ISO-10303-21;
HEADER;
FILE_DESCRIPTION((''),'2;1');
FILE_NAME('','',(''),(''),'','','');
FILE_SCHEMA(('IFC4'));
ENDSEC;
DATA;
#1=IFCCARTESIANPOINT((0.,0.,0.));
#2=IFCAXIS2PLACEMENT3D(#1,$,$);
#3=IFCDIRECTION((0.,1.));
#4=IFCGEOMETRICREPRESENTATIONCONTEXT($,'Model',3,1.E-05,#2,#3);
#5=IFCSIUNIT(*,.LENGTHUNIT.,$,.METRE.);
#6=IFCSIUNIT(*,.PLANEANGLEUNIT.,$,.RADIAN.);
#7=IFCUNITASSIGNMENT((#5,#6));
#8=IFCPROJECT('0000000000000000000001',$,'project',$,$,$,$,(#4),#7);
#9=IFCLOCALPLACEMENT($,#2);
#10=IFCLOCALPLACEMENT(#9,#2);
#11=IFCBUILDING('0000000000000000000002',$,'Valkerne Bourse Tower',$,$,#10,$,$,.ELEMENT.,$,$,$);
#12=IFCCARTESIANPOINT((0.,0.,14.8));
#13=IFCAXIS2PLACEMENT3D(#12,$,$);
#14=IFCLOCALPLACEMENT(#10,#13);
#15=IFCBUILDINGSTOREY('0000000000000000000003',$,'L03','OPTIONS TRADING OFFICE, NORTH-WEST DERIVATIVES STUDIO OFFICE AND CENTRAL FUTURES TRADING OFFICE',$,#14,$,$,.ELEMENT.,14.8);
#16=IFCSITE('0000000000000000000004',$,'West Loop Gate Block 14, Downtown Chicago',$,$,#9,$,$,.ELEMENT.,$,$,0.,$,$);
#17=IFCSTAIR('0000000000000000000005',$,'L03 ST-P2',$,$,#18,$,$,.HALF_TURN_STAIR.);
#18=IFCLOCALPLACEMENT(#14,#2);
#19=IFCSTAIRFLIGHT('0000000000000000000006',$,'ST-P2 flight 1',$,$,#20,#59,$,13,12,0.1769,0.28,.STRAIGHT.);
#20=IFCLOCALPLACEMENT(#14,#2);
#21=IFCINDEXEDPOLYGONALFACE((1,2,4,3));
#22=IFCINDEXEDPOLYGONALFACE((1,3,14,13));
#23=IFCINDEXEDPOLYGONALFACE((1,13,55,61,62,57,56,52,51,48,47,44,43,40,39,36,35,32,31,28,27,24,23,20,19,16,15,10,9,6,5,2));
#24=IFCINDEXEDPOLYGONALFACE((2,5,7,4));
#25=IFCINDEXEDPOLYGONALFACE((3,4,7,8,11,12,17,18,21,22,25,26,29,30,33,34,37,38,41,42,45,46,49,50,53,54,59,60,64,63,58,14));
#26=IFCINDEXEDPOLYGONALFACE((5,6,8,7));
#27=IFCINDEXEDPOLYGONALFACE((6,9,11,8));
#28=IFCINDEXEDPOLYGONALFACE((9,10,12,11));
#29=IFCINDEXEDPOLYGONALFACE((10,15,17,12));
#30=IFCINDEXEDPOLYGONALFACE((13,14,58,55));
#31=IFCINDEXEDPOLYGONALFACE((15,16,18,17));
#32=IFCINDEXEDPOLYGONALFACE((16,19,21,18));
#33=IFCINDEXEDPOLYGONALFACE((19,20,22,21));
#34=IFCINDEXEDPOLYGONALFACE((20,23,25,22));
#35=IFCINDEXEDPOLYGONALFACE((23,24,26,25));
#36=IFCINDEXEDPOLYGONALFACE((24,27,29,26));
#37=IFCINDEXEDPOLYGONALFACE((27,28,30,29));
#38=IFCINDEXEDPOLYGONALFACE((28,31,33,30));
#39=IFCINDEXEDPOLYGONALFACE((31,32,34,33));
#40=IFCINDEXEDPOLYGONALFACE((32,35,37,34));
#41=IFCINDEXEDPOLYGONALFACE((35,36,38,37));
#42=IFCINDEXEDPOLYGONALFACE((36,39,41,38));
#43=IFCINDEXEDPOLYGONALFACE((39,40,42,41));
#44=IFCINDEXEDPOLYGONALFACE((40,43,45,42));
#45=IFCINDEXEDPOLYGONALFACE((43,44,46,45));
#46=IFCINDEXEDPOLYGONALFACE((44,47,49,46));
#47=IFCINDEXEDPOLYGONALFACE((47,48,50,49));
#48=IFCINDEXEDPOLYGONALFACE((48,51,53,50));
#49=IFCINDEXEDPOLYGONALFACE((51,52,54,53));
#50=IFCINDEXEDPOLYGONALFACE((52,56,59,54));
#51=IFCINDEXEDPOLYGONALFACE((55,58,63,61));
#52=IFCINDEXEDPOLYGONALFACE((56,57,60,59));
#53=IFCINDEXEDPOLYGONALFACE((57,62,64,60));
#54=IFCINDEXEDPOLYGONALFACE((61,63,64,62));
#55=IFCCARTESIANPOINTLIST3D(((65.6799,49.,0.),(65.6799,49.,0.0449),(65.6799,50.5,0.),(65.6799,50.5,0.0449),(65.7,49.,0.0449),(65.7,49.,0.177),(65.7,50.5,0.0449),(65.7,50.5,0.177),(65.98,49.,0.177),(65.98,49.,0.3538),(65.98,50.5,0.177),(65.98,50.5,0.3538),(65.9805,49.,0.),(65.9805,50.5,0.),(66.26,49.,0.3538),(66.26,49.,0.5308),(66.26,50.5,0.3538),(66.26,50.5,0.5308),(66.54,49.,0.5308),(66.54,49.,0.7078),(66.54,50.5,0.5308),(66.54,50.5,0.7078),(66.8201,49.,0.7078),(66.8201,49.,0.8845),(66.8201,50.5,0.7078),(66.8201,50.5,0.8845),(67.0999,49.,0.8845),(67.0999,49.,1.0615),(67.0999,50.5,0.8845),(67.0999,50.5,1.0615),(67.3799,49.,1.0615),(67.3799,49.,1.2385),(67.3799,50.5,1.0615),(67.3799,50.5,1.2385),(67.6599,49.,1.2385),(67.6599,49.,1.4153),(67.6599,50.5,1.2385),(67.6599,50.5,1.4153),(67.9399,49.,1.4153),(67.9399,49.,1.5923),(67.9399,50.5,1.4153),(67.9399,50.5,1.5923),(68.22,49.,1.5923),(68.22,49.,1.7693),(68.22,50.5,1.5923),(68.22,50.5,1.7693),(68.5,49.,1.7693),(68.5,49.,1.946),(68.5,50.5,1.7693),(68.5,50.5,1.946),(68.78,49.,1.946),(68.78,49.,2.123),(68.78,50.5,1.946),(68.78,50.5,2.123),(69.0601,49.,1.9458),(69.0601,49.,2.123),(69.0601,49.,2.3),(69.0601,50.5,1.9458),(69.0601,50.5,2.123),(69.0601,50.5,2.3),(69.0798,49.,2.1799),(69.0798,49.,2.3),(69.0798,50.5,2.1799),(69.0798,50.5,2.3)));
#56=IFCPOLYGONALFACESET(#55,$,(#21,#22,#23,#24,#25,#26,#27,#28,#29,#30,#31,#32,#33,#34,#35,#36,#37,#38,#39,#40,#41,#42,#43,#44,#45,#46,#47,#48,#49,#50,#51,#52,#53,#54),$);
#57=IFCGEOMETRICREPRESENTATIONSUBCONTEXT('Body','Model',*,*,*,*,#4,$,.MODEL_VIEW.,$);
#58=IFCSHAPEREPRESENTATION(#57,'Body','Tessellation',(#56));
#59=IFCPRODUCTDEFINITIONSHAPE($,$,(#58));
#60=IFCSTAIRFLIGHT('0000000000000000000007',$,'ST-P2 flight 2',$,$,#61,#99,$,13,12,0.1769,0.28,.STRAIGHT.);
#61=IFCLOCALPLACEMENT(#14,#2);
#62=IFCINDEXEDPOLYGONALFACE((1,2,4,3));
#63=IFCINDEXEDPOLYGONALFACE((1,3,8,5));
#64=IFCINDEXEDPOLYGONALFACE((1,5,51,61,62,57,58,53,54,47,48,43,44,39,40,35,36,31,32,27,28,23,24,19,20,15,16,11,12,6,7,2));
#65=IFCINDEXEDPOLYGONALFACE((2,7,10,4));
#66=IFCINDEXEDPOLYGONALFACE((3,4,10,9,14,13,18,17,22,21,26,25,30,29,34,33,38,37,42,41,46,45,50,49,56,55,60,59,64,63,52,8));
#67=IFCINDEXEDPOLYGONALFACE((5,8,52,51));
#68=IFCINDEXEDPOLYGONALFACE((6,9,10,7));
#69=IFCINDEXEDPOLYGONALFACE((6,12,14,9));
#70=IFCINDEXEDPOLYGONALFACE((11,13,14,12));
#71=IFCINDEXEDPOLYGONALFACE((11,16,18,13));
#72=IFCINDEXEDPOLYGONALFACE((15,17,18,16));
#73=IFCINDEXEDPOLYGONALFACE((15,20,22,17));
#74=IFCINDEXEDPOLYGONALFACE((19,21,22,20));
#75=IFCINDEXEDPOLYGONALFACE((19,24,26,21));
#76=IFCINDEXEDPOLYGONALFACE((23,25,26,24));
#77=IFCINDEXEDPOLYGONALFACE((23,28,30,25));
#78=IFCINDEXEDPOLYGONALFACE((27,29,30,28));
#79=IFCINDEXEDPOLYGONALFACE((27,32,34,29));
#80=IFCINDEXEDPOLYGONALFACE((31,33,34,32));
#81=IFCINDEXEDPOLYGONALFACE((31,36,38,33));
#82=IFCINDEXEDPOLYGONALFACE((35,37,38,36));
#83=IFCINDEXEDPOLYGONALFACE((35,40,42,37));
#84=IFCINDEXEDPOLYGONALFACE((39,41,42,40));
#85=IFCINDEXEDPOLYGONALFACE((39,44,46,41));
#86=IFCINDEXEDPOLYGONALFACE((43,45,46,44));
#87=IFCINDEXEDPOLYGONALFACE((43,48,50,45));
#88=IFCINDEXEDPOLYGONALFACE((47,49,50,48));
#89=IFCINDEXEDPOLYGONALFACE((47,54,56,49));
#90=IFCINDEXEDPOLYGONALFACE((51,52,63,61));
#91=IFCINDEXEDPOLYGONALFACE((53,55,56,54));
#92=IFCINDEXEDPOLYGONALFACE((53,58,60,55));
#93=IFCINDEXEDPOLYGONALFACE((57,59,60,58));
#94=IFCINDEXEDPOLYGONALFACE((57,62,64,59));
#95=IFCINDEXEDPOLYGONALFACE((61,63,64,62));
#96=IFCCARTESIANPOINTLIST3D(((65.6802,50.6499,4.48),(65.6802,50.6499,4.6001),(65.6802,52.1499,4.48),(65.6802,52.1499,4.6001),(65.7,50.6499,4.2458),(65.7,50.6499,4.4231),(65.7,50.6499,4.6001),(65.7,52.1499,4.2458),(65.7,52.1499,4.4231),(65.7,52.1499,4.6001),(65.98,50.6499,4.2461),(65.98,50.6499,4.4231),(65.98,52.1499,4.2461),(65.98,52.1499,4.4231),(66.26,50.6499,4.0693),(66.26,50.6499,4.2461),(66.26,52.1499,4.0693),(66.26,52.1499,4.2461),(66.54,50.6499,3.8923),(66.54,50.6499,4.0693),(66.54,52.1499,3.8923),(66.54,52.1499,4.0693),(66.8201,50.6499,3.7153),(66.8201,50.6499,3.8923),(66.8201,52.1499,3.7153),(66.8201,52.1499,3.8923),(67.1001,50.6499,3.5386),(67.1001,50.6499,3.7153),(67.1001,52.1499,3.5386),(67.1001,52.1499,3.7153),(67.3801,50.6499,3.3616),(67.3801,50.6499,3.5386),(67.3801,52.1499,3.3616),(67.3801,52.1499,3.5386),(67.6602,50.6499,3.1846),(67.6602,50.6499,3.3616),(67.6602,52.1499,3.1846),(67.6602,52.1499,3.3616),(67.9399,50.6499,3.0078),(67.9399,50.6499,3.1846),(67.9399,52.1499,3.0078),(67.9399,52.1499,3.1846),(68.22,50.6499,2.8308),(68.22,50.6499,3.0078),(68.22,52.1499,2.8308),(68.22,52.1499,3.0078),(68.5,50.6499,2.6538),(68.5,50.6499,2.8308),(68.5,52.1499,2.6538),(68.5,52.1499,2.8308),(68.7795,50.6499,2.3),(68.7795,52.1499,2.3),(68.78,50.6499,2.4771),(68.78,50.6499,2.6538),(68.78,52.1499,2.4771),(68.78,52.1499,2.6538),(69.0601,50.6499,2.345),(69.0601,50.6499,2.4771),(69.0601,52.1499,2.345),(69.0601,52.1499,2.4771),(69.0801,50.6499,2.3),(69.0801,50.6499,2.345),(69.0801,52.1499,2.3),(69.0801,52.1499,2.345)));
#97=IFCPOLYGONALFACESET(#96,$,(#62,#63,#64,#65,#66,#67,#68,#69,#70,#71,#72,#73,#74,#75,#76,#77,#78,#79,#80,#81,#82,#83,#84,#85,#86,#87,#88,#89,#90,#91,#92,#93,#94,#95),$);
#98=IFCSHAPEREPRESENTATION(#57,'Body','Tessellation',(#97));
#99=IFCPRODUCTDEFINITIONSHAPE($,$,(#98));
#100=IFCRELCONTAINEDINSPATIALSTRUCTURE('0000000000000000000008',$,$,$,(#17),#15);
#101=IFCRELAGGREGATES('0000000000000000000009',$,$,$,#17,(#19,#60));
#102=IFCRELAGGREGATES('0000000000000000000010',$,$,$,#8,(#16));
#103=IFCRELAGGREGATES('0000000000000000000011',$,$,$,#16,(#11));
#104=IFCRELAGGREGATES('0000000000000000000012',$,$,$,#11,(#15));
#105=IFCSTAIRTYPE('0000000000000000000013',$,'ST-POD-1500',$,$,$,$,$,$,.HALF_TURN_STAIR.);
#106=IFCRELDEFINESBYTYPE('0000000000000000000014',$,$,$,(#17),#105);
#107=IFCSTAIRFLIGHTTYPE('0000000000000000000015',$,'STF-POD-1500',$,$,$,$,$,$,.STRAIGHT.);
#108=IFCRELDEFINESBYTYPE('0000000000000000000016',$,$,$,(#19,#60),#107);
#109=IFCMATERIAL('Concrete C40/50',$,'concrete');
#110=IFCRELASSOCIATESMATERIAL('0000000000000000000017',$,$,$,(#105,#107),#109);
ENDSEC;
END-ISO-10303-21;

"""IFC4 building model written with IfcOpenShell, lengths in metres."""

from ifc_helpers import new_model, si_unit, direction, frame, origin, place, context, subcontext, project, spatial, polyline, outline, extrude, material, type_object, element, aggregate, save


model = new_model("IFC4")

# Units and contexts
model_context = context("Model", 3, precision=1e-05, world=origin(), true_north=direction((0.0, 1.0)))
body_context = subcontext(model_context, "Body", "Model", "MODEL_VIEW")
ifc_project = project(units=[si_unit("LENGTHUNIT", "METRE"), si_unit("PLANEANGLEUNIT", "RADIAN")], contexts=[model_context])

# Site, building, storey
site_placement = place(None, origin())
site = spatial("IfcSite", under=ifc_project, at=site_placement, Name="West Loop Gate Block 14, Downtown Chicago", CompositionType="ELEMENT", RefElevation=0.0)
building_placement = place(site_placement, origin())
building = spatial("IfcBuilding", under=site, at=building_placement, Name="Valkerne Bourse Tower", CompositionType="ELEMENT")
storey_placement = place(building_placement, frame((0.0, 0.0, 14.8)))
storey = spatial("IfcBuildingStorey", under=building, at=storey_placement, Name="L03", Description="OPTIONS TRADING OFFICE, NORTH-WEST DERIVATIVES STUDIO OFFICE AND CENTRAL FUTURES TRADING OFFICE", CompositionType="ELEMENT", Elevation=14.8)

# Shared definitions
ifc_material_1 = material(Name="Concrete C40/50", Category="concrete")

# Stair, stair flights
stair_type = type_object("IfcStairType", Name="ST-POD-1500", PredefinedType="HALF_TURN_STAIR", material=ifc_material_1)
stair_placement = place(storey_placement, origin())
stair = element("IfcStair", 1, at=stair_placement, inside=storey, type_object=stair_type, Name="L03 ST-P2", PredefinedType="HALF_TURN_STAIR")
stair_flight_type = type_object("IfcStairFlightType", Name="STF-POD-1500", PredefinedType="STRAIGHT", material=ifc_material_1)
stair_flight_1_placement = place(storey_placement, frame((65.7, 49.75, 0.0), z_axis=(0.0, 0.0, 1.0), x_axis=(1.0, 0.0, 0.0)))
stair_flight_1 = element("IfcStairFlight", 2, at=stair_flight_1_placement, type_object=stair_flight_type, Name="ST-P2 flight 1", NumberOfRisers=13, NumberOfTreads=12, PredefinedType="STRAIGHT", RiserHeight=0.1769, TreadLength=0.28, context=body_context, shape_type="SweptSolid", body=[
    extrude(outline(polyline([(-0.02, 0.0), (-0.02, 0.0449), (0.0, 0.0449), (0.0, 0.177), (0.28, 0.177), (0.28, 0.3538), (0.5601, 0.3538), (0.5601, 0.5308), (0.8401, 0.5308), (0.8401, 0.7078), (1.1201, 0.7078), (1.1201, 0.8845), (1.3999, 0.8845), (1.3999, 1.0615), (1.6799, 1.0615), (1.6799, 1.2385), (1.96, 1.2385), (1.96, 1.4153), (2.24, 1.4153), (2.24, 1.5923), (2.52, 1.5923), (2.52, 1.7693), (2.8, 1.7693), (2.8, 1.946), (3.0801, 1.946), (3.0801, 2.123), (3.3601, 2.123), (3.3601, 2.3), (3.3799, 2.3), (3.3799, 2.1799), (3.3601, 1.9458), (0.2805, 0.0), (-0.02, 0.0)])), frame((0.0, 0.75, 0.0), z_axis=(0.0, -1.0, 0.0), x_axis=(1.0, 0.0, 0.0)), (0.0, 0.0, 1.0), 1.5),
])
stair_flight_2_placement = place(storey_placement, frame((69.0601, 51.3999, 2.3), z_axis=(0.0, 0.0, 1.0), x_axis=(-1.0, 0.0, 0.0)))
stair_flight_2 = element("IfcStairFlight", 3, at=stair_flight_2_placement, type_object=stair_flight_type, Name="ST-P2 flight 2", NumberOfRisers=13, NumberOfTreads=12, PredefinedType="STRAIGHT", RiserHeight=0.1769, TreadLength=0.28, context=body_context, shape_type="SweptSolid", body=[
    extrude(outline(polyline([(-0.02, 0.0), (-0.02, 0.0449), (0.0, 0.0449), (0.0, 0.177), (0.28, 0.177), (0.28, 0.3538), (0.5601, 0.3538), (0.5601, 0.5308), (0.8401, 0.5308), (0.8401, 0.7078), (1.1201, 0.7078), (1.1201, 0.8845), (1.3999, 0.8845), (1.3999, 1.0615), (1.6799, 1.0615), (1.6799, 1.2385), (1.96, 1.2385), (1.96, 1.4153), (2.24, 1.4153), (2.24, 1.5923), (2.52, 1.5923), (2.52, 1.7693), (2.8, 1.7693), (2.8, 1.946), (3.0801, 1.946), (3.0801, 2.123), (3.3601, 2.123), (3.3601, 2.3), (3.3799, 2.3), (3.3799, 2.1799), (3.3601, 1.9458), (0.2805, 0.0), (-0.02, 0.0)])), frame((0.0, 0.75, 0.0), z_axis=(0.0, -1.0, 0.0), x_axis=(1.0, 0.0, 0.0)), (0.0, 0.0, 1.0), 1.5),
])
aggregate(stair, [stair_flight_1, stair_flight_2])

save(model, "model.ifc")
